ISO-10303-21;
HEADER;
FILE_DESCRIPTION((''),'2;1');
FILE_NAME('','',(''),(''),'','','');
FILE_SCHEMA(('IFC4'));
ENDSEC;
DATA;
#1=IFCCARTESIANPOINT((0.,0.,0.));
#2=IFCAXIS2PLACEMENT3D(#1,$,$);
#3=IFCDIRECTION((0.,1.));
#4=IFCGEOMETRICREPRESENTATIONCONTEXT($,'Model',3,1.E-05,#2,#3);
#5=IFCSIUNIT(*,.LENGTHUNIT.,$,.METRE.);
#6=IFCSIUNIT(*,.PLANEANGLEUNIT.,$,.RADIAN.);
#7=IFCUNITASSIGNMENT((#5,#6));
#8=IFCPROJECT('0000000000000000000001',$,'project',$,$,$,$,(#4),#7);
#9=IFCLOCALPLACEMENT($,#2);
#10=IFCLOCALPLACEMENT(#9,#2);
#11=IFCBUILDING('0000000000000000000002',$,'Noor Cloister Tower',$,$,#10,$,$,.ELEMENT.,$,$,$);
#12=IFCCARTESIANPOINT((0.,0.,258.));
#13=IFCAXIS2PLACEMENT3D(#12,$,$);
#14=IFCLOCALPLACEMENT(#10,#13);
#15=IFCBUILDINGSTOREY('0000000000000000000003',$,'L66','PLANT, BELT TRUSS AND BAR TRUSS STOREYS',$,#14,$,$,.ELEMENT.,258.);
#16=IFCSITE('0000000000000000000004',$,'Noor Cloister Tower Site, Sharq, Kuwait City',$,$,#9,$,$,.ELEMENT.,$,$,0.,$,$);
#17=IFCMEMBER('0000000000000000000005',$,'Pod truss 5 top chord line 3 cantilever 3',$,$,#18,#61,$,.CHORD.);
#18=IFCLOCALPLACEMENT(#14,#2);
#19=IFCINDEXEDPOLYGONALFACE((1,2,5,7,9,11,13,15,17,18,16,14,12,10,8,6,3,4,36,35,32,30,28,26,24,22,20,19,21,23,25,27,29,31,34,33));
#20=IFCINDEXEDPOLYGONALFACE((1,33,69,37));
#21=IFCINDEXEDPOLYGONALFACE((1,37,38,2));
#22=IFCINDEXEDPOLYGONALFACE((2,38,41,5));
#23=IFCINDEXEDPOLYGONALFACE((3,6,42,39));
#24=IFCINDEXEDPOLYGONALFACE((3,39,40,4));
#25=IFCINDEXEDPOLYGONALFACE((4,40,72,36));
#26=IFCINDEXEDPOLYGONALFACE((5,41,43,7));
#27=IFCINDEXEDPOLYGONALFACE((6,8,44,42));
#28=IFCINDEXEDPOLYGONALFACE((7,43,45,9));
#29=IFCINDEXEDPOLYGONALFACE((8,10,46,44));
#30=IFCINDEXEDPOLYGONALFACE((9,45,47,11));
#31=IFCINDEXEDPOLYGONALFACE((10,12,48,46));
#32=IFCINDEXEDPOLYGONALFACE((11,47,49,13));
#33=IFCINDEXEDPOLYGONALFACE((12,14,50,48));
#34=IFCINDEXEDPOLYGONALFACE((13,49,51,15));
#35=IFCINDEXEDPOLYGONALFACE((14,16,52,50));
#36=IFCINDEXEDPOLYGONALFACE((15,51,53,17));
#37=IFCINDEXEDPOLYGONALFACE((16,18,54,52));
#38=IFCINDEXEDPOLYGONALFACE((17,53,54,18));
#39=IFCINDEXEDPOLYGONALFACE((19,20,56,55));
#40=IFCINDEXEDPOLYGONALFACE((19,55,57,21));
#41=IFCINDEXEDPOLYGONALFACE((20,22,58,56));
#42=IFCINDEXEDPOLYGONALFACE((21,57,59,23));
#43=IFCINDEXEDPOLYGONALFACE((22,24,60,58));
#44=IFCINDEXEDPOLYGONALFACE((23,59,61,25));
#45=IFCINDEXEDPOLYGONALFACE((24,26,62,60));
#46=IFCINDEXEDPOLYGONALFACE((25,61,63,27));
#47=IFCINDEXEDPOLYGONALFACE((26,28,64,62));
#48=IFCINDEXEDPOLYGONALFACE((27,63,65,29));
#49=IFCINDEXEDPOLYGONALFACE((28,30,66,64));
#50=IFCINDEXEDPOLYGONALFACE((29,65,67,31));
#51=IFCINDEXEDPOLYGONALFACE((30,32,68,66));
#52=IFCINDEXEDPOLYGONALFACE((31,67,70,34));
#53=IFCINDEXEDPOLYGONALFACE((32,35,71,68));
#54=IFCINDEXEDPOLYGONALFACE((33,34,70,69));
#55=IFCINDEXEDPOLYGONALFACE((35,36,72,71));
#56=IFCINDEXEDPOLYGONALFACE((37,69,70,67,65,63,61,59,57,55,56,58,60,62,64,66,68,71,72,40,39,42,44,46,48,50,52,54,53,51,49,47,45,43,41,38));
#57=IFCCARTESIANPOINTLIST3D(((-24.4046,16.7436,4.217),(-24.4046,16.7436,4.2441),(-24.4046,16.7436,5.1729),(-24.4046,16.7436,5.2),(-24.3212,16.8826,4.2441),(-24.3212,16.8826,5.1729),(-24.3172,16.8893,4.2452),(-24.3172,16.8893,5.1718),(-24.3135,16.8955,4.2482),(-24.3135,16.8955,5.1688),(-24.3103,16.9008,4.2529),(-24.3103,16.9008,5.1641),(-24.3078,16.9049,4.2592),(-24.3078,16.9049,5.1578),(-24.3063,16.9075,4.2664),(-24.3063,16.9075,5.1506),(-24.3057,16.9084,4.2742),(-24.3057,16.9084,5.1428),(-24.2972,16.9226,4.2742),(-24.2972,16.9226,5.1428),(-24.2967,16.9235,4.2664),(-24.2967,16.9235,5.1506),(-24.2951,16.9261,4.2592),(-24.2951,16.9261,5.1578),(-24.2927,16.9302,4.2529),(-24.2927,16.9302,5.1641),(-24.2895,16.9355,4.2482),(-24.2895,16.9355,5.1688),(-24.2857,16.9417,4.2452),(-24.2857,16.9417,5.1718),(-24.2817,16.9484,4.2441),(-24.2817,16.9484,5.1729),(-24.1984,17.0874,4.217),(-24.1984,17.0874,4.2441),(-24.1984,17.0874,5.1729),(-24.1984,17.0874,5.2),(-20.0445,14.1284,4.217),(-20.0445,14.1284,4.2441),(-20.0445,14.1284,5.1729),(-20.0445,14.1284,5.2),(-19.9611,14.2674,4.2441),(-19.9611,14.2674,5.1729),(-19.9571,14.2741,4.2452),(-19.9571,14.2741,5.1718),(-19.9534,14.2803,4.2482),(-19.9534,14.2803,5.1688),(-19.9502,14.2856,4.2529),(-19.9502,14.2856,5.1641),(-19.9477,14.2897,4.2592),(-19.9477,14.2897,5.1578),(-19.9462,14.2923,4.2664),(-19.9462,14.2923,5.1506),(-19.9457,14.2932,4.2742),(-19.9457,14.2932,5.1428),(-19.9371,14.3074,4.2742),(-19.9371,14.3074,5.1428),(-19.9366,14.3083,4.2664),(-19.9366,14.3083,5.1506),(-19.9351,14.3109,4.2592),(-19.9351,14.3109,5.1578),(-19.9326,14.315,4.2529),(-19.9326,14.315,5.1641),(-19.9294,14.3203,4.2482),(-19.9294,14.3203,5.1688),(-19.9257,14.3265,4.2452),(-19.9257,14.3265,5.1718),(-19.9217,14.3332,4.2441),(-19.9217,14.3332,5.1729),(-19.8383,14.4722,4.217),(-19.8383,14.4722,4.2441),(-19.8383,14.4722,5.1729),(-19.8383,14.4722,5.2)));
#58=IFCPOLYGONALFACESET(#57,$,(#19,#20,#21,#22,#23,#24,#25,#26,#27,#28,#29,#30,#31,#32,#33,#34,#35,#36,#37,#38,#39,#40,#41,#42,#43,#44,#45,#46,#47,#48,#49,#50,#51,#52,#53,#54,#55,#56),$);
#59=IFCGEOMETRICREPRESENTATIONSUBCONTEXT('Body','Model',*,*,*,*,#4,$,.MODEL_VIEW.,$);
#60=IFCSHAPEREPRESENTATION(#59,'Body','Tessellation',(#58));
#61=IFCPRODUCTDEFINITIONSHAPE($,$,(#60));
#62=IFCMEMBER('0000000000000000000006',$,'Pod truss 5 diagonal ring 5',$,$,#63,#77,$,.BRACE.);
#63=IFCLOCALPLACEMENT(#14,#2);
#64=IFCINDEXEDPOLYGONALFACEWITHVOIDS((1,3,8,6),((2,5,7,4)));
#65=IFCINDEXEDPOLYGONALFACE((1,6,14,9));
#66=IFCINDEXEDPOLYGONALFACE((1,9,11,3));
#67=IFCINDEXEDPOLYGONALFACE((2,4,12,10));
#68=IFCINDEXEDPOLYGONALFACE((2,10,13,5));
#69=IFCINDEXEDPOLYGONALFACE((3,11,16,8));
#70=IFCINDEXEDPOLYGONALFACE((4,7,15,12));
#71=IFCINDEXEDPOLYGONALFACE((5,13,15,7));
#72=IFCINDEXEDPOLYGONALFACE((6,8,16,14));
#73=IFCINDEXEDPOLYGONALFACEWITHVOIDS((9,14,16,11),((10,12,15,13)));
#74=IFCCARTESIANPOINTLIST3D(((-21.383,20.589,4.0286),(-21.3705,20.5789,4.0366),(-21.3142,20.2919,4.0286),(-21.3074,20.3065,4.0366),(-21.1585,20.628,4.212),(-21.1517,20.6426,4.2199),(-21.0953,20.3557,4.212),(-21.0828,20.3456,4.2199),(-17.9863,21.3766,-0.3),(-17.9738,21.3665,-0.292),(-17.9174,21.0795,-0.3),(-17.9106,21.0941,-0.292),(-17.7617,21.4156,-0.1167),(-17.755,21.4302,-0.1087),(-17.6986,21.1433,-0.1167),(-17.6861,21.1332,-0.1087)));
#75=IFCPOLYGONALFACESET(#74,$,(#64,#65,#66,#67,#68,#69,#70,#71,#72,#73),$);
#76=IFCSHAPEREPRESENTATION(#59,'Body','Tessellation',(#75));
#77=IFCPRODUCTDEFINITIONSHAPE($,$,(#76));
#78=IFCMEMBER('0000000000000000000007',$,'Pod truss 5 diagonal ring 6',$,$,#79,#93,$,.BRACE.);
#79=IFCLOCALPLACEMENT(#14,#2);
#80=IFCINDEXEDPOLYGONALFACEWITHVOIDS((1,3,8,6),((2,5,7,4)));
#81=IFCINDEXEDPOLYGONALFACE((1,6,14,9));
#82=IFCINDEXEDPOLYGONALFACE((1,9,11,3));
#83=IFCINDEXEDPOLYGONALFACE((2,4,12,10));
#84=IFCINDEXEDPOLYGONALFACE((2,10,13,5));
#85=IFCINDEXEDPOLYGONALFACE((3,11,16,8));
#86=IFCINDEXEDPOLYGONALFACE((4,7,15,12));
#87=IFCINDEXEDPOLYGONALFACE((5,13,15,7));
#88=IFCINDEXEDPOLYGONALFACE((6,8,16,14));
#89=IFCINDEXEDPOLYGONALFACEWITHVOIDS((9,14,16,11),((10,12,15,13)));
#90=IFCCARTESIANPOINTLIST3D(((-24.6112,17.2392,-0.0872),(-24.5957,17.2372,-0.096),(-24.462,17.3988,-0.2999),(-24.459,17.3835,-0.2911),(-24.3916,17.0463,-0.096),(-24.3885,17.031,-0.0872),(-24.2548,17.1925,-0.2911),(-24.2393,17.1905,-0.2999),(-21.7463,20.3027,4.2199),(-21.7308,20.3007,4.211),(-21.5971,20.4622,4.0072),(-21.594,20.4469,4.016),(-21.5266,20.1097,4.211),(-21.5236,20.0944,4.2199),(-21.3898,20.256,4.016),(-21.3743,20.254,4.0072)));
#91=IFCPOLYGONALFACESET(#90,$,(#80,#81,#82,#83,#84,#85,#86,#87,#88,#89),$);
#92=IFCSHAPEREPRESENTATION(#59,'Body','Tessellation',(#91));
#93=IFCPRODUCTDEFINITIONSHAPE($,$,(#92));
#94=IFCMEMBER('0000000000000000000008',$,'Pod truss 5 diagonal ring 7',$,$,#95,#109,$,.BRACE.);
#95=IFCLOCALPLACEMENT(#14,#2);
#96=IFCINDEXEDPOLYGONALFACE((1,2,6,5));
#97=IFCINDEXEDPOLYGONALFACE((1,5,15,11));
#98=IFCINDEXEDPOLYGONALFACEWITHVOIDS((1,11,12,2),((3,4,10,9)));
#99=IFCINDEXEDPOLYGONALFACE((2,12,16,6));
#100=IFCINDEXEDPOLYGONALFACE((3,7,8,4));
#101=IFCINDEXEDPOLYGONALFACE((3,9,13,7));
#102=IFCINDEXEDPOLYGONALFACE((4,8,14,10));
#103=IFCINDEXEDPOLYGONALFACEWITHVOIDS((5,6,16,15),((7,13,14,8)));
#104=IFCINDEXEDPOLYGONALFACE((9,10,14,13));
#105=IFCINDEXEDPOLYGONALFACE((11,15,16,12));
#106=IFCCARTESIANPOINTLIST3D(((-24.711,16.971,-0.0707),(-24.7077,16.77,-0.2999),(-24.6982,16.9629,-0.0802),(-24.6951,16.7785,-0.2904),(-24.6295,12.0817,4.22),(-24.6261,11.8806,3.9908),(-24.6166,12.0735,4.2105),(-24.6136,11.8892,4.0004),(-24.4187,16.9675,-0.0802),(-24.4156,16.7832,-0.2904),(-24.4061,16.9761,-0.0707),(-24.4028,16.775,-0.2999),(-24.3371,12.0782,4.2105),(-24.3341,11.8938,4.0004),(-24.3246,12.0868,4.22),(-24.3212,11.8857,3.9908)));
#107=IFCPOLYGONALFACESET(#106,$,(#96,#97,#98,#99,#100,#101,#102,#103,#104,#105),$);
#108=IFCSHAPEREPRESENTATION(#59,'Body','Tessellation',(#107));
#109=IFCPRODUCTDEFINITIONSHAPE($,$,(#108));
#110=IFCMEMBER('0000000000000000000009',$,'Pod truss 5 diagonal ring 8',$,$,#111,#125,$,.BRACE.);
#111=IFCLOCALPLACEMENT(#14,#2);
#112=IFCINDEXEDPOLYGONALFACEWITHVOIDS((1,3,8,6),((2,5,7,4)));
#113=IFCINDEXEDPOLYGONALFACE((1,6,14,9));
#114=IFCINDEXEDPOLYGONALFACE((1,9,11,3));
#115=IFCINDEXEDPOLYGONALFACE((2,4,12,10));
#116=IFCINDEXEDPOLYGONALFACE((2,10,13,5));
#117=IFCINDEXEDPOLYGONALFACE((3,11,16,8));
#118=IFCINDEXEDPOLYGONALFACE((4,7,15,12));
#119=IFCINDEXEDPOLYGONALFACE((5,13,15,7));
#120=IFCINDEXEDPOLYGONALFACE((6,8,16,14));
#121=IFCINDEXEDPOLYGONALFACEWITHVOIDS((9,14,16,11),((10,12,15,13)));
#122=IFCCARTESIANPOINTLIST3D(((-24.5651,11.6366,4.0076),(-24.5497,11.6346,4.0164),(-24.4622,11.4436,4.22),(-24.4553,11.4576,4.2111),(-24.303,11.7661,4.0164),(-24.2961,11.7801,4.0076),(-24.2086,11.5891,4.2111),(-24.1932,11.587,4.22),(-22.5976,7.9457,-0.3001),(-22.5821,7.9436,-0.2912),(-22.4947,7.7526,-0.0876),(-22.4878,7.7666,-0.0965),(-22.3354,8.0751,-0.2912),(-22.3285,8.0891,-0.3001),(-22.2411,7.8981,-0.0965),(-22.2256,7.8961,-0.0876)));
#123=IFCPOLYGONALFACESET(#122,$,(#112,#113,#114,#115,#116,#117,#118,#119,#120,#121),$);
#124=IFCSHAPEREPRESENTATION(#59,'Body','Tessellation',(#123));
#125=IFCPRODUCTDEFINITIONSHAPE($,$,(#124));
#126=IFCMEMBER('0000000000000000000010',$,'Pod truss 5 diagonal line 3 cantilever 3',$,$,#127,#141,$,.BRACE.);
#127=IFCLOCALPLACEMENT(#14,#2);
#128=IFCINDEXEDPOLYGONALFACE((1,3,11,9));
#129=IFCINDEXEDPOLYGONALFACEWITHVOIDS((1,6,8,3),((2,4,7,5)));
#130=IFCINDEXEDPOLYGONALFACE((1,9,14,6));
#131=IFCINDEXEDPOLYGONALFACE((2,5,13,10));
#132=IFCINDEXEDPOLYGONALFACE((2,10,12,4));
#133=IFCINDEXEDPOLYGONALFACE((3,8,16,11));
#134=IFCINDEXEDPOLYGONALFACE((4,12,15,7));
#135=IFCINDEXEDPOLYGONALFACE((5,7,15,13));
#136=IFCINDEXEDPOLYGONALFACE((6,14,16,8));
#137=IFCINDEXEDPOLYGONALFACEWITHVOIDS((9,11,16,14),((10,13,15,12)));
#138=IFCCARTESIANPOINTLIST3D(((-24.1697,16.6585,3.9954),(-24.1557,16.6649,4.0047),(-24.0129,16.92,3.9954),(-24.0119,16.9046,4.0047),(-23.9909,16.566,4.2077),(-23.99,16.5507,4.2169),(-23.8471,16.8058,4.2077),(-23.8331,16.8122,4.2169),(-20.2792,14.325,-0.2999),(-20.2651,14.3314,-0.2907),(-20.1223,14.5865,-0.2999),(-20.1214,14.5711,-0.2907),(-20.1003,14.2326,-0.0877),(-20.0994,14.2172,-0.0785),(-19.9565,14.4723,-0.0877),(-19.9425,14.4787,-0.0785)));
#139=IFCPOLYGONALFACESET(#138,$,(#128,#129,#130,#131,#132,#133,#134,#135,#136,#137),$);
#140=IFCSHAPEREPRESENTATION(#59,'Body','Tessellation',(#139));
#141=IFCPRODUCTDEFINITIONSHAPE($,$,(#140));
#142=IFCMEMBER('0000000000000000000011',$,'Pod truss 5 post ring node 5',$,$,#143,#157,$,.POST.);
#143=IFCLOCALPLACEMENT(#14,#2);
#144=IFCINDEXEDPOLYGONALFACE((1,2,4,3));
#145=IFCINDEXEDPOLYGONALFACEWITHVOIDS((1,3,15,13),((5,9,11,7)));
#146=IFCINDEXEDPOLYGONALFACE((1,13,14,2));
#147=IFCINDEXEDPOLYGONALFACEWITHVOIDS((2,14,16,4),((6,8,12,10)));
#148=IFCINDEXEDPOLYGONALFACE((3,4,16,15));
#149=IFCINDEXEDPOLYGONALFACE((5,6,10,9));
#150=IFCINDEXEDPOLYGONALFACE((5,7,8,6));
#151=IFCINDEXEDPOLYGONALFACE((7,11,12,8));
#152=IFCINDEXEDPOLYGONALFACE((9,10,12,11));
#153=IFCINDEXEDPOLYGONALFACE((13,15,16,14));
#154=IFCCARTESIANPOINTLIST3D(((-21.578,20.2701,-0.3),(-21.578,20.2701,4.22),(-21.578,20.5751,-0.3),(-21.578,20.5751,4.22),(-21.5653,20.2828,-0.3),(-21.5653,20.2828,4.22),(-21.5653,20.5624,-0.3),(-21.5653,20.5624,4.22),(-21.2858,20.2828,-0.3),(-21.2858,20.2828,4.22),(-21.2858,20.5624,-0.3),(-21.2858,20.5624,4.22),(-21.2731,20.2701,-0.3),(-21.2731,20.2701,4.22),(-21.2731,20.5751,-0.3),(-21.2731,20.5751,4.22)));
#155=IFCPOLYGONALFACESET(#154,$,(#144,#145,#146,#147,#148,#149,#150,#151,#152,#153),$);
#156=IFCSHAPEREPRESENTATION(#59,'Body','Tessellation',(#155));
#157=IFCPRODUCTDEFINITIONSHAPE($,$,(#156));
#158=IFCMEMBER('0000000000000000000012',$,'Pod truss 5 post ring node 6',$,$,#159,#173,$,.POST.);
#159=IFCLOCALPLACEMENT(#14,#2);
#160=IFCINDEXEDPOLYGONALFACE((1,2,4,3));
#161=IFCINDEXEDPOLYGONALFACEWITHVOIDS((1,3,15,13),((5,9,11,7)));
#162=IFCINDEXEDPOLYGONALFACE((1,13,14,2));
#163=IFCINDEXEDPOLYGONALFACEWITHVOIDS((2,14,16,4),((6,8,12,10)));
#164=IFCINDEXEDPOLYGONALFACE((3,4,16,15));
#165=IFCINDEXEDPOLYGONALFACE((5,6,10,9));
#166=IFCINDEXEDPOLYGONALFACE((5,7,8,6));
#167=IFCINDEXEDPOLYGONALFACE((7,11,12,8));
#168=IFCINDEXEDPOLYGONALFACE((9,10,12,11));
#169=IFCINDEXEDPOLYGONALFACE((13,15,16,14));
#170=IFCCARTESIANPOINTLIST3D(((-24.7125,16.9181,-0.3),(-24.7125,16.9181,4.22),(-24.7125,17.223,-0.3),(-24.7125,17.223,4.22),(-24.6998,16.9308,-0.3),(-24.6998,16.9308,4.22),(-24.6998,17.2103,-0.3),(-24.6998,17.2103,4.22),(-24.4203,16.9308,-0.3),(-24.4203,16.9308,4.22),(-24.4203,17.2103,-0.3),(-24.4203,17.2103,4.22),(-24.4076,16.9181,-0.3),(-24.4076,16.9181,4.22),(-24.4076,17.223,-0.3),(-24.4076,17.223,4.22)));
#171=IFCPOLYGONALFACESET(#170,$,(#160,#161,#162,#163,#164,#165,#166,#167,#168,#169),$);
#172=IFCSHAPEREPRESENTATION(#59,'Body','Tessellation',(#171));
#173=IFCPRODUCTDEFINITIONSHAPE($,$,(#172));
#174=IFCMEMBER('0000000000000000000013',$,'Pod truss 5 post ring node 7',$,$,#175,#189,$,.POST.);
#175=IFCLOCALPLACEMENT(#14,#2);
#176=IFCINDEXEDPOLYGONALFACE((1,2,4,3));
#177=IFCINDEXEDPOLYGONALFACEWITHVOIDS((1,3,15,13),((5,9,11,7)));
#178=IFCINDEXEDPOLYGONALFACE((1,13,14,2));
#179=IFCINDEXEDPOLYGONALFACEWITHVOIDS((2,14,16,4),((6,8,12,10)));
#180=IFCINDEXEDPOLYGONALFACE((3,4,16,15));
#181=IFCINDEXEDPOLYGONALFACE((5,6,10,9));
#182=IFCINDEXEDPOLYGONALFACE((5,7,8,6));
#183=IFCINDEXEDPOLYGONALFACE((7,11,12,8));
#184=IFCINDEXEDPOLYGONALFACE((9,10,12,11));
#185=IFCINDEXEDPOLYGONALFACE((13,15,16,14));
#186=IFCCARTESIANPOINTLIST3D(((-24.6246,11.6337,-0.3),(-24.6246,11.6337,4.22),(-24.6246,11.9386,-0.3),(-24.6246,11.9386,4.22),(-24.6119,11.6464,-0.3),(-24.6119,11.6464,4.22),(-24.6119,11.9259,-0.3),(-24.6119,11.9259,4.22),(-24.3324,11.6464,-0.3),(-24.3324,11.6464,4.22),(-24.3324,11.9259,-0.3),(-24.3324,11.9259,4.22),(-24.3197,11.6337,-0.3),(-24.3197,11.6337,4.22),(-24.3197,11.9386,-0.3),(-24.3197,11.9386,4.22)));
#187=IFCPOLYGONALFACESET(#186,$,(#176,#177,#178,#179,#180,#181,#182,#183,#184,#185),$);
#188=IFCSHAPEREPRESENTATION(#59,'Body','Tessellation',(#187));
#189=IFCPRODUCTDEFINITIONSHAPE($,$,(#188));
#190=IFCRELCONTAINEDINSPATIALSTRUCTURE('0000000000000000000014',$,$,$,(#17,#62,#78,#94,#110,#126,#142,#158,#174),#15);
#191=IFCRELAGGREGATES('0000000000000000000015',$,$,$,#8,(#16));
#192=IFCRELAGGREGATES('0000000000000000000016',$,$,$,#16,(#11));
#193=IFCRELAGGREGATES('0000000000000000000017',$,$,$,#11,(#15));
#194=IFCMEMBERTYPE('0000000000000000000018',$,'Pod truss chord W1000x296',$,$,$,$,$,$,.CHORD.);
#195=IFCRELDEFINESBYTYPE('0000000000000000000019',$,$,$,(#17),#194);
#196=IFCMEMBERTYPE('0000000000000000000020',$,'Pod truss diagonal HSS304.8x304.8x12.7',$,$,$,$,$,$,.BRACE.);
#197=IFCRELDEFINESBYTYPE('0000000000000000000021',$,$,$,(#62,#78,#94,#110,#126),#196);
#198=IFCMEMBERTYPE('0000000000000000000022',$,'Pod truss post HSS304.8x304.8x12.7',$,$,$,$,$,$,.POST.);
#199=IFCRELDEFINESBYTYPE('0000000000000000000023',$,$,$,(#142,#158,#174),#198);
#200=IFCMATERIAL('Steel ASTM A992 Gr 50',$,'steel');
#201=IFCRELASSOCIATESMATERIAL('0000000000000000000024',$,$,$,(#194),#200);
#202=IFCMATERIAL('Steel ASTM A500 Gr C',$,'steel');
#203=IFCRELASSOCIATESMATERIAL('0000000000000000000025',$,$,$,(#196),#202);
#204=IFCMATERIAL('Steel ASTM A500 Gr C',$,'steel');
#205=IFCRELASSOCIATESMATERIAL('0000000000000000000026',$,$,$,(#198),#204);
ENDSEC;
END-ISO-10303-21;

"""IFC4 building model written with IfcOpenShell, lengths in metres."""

from ifc_helpers import new_model, si_unit, direction, frame, origin, origin_2d, place, context, subcontext, project, spatial, hollow_rectangle, i_section, extrude, material, material_profile, profile_set, type_object, element, save


model = new_model("IFC4")

# Units and contexts
model_context = context("Model", 3, precision=1e-05, world=origin(), true_north=direction((0.0, 1.0)))
body_context = subcontext(model_context, "Body", "Model", "MODEL_VIEW")
ifc_project = project(units=[si_unit("LENGTHUNIT", "METRE"), si_unit("PLANEANGLEUNIT", "RADIAN")], contexts=[model_context])

# Site, building, storey
site_placement = place(None, origin())
site = spatial("IfcSite", under=ifc_project, at=site_placement, Name="Noor Cloister Tower Site, Sharq, Kuwait City", CompositionType="ELEMENT", RefElevation=0.0)
building_placement = place(site_placement, origin())
building = spatial("IfcBuilding", under=site, at=building_placement, Name="Noor Cloister Tower", CompositionType="ELEMENT")
storey_placement = place(building_placement, frame((0.0, 0.0, 258.0)))
storey = spatial("IfcBuildingStorey", under=building, at=storey_placement, Name="L66", Description="PLANT, BELT TRUSS AND BAR TRUSS STOREYS", CompositionType="ELEMENT", Elevation=258.0)

# Members
ifc_material_1 = material(Name="Steel ASTM A992 Gr 50", Category="steel")
ifc_material_profile_1 = material_profile(ifc_material_1, i_section(OverallWidth=0.4009, OverallDepth=0.9829, WebThickness=0.0166, FlangeThickness=0.0271, FilletRadius=0.03, at=origin_2d()), Name="W1000x296")
ifc_profile_set_1 = profile_set([ifc_material_profile_1], Name="Steel ASTM A992 Gr 50")
member_type_1 = type_object("IfcMemberType", Name="Pod truss chord W1000x296", PredefinedType="CHORD", material=ifc_profile_set_1)
for number, where, z_axis, x_axis, name in (
    (1, (-19.9414, 14.3003, 4.7085), (-0.857565, 0.514376, 0.0), (-0.514376, -0.857565, 0.0), "Pod truss 5 top chord line 3 cantilever 3"),
):
    element("IfcMember", number, at=place(storey_placement, frame(where, z_axis=z_axis, x_axis=x_axis)), inside=storey, type_object=member_type_1, Name=name, PredefinedType="CHORD", context=body_context, shape_type="SweptSolid", body=[
        extrude(i_section(OverallWidth=0.4009, OverallDepth=0.9829, WebThickness=0.0166, FlangeThickness=0.0271, FilletRadius=0.03, at=origin_2d()), origin(), (0.0, 0.0, 1.0), 5.0842),
    ])
ifc_material_2 = material(Name="Steel ASTM A500 Gr C", Category="steel")
ifc_material_profile_2 = material_profile(ifc_material_2, hollow_rectangle(XDim=0.3049, YDim=0.3049, WallThickness=0.0127, at=origin_2d()), Name="HSS304.8x304.8x12.7")
ifc_profile_set_2 = profile_set([ifc_material_profile_2], Name="Steel ASTM A500 Gr C")
member_type_2 = type_object("IfcMemberType", Name="Pod truss diagonal HSS304.8x304.8x12.7", PredefinedType="BRACE", material=ifc_profile_set_2)
member_1_placement = place(storey_placement, frame((-17.8362, 21.2549, -0.2043), z_axis=(-0.611107, -0.141697, 0.778762), x_axis=(0.225877, -0.974156, 0.0)))
element("IfcMember", 2, at=member_1_placement, inside=storey, type_object=member_type_2, Name="Pod truss 5 diagonal ring 5", PredefinedType="BRACE", context=body_context, shape_type="SweptSolid", body=[
    extrude(hollow_rectangle(XDim=0.3049, YDim=0.3049, WallThickness=0.0127, at=origin_2d()), origin(), (0.0, 0.0, 1.0), 5.5583),
])
member_2_placement = place(storey_placement, frame((-21.5603, 20.2783, 4.1135), z_axis=(-0.476543, -0.509558, -0.716419), x_axis=(0.730372, -0.68305, 0.0)))
element("IfcMember", 3, at=member_2_placement, inside=storey, type_object=member_type_2, Name="Pod truss 5 diagonal ring 6", PredefinedType="BRACE", context=body_context, shape_type="SweptSolid", body=[
    extrude(hollow_rectangle(XDim=0.3049, YDim=0.3049, WallThickness=0.0127, at=origin_2d()), origin(), (0.0, 0.0, 1.0), 6.012),
])
member_3_placement = place(storey_placement, frame((-24.5569, 16.873, -0.1853), z_axis=(0.012534, -0.751561, 0.659544), x_axis=(0.999861, 0.016675, 0.0)))
element("IfcMember", 4, at=member_3_placement, inside=storey, type_object=member_type_2, Name="Pod truss 5 diagonal ring 7", PredefinedType="BRACE", context=body_context, shape_type="SweptSolid", body=[
    extrude(hollow_rectangle(XDim=0.3049, YDim=0.3049, WallThickness=0.0127, at=origin_2d()), origin(), (0.0, 0.0, 1.0), 6.5056),
])
member_4_placement = place(storey_placement, frame((-24.3792, 11.6118, 4.1138), z_axis=(0.327696, -0.61473, -0.717442), x_axis=(0.882448, 0.470409, 0.0)))
element("IfcMember", 5, at=member_4_placement, inside=storey, type_object=member_type_2, Name="Pod truss 5 diagonal ring 8", PredefinedType="BRACE", context=body_context, shape_type="SweptSolid", body=[
    extrude(hollow_rectangle(XDim=0.3049, YDim=0.3049, WallThickness=0.0127, at=origin_2d()), origin(), (0.0, 0.0, 1.0), 6.0042),
])
member_5_placement = place(storey_placement, frame((-20.1108, 14.4019, -0.1892), z_axis=(-0.622737, 0.373502, 0.687528), x_axis=(-0.514353, -0.857578, 0.0)))
element("IfcMember", 6, at=member_5_placement, inside=storey, type_object=member_type_2, Name="Pod truss 5 diagonal line 3 cantilever 3", PredefinedType="BRACE", context=body_context, shape_type="SweptSolid", body=[
    extrude(hollow_rectangle(XDim=0.3049, YDim=0.3049, WallThickness=0.0127, at=origin_2d()), origin(), (0.0, 0.0, 1.0), 6.2476),
])
ifc_material_3 = material(Name="Steel ASTM A500 Gr C", Category="steel")
ifc_material_profile_3 = material_profile(ifc_material_3, hollow_rectangle(XDim=0.3049, YDim=0.3049, WallThickness=0.0127, at=origin_2d()), Name="HSS304.8x304.8x12.7")
ifc_profile_set_3 = profile_set([ifc_material_profile_3], Name="Steel ASTM A500 Gr C")
member_type_3 = type_object("IfcMemberType", Name="Pod truss post HSS304.8x304.8x12.7", PredefinedType="POST", material=ifc_profile_set_3)
for number, where, z_axis, x_axis, name in (
    (7, (-21.4255, 20.4226, -0.3), (0.0, 0.0, 1.0), (1.0, 0.0, 0.0), "Pod truss 5 post ring node 5"),
    (8, (-24.5601, 17.0706, -0.3), (0.0, 0.0, 1.0), (1.0, 0.0, 0.0), "Pod truss 5 post ring node 6"),
    (9, (-24.4722, 11.7861, -0.3), (0.0, 0.0, 1.0), (1.0, 0.0, 0.0), "Pod truss 5 post ring node 7"),
):
    element("IfcMember", number, at=place(storey_placement, frame(where, z_axis=z_axis, x_axis=x_axis)), inside=storey, type_object=member_type_3, Name=name, PredefinedType="POST", context=body_context, shape_type="SweptSolid", body=[
        extrude(hollow_rectangle(XDim=0.3049, YDim=0.3049, WallThickness=0.0127, at=origin_2d()), origin(), (0.0, 0.0, 1.0), 4.52),
    ])

save(model, "model.ifc")
